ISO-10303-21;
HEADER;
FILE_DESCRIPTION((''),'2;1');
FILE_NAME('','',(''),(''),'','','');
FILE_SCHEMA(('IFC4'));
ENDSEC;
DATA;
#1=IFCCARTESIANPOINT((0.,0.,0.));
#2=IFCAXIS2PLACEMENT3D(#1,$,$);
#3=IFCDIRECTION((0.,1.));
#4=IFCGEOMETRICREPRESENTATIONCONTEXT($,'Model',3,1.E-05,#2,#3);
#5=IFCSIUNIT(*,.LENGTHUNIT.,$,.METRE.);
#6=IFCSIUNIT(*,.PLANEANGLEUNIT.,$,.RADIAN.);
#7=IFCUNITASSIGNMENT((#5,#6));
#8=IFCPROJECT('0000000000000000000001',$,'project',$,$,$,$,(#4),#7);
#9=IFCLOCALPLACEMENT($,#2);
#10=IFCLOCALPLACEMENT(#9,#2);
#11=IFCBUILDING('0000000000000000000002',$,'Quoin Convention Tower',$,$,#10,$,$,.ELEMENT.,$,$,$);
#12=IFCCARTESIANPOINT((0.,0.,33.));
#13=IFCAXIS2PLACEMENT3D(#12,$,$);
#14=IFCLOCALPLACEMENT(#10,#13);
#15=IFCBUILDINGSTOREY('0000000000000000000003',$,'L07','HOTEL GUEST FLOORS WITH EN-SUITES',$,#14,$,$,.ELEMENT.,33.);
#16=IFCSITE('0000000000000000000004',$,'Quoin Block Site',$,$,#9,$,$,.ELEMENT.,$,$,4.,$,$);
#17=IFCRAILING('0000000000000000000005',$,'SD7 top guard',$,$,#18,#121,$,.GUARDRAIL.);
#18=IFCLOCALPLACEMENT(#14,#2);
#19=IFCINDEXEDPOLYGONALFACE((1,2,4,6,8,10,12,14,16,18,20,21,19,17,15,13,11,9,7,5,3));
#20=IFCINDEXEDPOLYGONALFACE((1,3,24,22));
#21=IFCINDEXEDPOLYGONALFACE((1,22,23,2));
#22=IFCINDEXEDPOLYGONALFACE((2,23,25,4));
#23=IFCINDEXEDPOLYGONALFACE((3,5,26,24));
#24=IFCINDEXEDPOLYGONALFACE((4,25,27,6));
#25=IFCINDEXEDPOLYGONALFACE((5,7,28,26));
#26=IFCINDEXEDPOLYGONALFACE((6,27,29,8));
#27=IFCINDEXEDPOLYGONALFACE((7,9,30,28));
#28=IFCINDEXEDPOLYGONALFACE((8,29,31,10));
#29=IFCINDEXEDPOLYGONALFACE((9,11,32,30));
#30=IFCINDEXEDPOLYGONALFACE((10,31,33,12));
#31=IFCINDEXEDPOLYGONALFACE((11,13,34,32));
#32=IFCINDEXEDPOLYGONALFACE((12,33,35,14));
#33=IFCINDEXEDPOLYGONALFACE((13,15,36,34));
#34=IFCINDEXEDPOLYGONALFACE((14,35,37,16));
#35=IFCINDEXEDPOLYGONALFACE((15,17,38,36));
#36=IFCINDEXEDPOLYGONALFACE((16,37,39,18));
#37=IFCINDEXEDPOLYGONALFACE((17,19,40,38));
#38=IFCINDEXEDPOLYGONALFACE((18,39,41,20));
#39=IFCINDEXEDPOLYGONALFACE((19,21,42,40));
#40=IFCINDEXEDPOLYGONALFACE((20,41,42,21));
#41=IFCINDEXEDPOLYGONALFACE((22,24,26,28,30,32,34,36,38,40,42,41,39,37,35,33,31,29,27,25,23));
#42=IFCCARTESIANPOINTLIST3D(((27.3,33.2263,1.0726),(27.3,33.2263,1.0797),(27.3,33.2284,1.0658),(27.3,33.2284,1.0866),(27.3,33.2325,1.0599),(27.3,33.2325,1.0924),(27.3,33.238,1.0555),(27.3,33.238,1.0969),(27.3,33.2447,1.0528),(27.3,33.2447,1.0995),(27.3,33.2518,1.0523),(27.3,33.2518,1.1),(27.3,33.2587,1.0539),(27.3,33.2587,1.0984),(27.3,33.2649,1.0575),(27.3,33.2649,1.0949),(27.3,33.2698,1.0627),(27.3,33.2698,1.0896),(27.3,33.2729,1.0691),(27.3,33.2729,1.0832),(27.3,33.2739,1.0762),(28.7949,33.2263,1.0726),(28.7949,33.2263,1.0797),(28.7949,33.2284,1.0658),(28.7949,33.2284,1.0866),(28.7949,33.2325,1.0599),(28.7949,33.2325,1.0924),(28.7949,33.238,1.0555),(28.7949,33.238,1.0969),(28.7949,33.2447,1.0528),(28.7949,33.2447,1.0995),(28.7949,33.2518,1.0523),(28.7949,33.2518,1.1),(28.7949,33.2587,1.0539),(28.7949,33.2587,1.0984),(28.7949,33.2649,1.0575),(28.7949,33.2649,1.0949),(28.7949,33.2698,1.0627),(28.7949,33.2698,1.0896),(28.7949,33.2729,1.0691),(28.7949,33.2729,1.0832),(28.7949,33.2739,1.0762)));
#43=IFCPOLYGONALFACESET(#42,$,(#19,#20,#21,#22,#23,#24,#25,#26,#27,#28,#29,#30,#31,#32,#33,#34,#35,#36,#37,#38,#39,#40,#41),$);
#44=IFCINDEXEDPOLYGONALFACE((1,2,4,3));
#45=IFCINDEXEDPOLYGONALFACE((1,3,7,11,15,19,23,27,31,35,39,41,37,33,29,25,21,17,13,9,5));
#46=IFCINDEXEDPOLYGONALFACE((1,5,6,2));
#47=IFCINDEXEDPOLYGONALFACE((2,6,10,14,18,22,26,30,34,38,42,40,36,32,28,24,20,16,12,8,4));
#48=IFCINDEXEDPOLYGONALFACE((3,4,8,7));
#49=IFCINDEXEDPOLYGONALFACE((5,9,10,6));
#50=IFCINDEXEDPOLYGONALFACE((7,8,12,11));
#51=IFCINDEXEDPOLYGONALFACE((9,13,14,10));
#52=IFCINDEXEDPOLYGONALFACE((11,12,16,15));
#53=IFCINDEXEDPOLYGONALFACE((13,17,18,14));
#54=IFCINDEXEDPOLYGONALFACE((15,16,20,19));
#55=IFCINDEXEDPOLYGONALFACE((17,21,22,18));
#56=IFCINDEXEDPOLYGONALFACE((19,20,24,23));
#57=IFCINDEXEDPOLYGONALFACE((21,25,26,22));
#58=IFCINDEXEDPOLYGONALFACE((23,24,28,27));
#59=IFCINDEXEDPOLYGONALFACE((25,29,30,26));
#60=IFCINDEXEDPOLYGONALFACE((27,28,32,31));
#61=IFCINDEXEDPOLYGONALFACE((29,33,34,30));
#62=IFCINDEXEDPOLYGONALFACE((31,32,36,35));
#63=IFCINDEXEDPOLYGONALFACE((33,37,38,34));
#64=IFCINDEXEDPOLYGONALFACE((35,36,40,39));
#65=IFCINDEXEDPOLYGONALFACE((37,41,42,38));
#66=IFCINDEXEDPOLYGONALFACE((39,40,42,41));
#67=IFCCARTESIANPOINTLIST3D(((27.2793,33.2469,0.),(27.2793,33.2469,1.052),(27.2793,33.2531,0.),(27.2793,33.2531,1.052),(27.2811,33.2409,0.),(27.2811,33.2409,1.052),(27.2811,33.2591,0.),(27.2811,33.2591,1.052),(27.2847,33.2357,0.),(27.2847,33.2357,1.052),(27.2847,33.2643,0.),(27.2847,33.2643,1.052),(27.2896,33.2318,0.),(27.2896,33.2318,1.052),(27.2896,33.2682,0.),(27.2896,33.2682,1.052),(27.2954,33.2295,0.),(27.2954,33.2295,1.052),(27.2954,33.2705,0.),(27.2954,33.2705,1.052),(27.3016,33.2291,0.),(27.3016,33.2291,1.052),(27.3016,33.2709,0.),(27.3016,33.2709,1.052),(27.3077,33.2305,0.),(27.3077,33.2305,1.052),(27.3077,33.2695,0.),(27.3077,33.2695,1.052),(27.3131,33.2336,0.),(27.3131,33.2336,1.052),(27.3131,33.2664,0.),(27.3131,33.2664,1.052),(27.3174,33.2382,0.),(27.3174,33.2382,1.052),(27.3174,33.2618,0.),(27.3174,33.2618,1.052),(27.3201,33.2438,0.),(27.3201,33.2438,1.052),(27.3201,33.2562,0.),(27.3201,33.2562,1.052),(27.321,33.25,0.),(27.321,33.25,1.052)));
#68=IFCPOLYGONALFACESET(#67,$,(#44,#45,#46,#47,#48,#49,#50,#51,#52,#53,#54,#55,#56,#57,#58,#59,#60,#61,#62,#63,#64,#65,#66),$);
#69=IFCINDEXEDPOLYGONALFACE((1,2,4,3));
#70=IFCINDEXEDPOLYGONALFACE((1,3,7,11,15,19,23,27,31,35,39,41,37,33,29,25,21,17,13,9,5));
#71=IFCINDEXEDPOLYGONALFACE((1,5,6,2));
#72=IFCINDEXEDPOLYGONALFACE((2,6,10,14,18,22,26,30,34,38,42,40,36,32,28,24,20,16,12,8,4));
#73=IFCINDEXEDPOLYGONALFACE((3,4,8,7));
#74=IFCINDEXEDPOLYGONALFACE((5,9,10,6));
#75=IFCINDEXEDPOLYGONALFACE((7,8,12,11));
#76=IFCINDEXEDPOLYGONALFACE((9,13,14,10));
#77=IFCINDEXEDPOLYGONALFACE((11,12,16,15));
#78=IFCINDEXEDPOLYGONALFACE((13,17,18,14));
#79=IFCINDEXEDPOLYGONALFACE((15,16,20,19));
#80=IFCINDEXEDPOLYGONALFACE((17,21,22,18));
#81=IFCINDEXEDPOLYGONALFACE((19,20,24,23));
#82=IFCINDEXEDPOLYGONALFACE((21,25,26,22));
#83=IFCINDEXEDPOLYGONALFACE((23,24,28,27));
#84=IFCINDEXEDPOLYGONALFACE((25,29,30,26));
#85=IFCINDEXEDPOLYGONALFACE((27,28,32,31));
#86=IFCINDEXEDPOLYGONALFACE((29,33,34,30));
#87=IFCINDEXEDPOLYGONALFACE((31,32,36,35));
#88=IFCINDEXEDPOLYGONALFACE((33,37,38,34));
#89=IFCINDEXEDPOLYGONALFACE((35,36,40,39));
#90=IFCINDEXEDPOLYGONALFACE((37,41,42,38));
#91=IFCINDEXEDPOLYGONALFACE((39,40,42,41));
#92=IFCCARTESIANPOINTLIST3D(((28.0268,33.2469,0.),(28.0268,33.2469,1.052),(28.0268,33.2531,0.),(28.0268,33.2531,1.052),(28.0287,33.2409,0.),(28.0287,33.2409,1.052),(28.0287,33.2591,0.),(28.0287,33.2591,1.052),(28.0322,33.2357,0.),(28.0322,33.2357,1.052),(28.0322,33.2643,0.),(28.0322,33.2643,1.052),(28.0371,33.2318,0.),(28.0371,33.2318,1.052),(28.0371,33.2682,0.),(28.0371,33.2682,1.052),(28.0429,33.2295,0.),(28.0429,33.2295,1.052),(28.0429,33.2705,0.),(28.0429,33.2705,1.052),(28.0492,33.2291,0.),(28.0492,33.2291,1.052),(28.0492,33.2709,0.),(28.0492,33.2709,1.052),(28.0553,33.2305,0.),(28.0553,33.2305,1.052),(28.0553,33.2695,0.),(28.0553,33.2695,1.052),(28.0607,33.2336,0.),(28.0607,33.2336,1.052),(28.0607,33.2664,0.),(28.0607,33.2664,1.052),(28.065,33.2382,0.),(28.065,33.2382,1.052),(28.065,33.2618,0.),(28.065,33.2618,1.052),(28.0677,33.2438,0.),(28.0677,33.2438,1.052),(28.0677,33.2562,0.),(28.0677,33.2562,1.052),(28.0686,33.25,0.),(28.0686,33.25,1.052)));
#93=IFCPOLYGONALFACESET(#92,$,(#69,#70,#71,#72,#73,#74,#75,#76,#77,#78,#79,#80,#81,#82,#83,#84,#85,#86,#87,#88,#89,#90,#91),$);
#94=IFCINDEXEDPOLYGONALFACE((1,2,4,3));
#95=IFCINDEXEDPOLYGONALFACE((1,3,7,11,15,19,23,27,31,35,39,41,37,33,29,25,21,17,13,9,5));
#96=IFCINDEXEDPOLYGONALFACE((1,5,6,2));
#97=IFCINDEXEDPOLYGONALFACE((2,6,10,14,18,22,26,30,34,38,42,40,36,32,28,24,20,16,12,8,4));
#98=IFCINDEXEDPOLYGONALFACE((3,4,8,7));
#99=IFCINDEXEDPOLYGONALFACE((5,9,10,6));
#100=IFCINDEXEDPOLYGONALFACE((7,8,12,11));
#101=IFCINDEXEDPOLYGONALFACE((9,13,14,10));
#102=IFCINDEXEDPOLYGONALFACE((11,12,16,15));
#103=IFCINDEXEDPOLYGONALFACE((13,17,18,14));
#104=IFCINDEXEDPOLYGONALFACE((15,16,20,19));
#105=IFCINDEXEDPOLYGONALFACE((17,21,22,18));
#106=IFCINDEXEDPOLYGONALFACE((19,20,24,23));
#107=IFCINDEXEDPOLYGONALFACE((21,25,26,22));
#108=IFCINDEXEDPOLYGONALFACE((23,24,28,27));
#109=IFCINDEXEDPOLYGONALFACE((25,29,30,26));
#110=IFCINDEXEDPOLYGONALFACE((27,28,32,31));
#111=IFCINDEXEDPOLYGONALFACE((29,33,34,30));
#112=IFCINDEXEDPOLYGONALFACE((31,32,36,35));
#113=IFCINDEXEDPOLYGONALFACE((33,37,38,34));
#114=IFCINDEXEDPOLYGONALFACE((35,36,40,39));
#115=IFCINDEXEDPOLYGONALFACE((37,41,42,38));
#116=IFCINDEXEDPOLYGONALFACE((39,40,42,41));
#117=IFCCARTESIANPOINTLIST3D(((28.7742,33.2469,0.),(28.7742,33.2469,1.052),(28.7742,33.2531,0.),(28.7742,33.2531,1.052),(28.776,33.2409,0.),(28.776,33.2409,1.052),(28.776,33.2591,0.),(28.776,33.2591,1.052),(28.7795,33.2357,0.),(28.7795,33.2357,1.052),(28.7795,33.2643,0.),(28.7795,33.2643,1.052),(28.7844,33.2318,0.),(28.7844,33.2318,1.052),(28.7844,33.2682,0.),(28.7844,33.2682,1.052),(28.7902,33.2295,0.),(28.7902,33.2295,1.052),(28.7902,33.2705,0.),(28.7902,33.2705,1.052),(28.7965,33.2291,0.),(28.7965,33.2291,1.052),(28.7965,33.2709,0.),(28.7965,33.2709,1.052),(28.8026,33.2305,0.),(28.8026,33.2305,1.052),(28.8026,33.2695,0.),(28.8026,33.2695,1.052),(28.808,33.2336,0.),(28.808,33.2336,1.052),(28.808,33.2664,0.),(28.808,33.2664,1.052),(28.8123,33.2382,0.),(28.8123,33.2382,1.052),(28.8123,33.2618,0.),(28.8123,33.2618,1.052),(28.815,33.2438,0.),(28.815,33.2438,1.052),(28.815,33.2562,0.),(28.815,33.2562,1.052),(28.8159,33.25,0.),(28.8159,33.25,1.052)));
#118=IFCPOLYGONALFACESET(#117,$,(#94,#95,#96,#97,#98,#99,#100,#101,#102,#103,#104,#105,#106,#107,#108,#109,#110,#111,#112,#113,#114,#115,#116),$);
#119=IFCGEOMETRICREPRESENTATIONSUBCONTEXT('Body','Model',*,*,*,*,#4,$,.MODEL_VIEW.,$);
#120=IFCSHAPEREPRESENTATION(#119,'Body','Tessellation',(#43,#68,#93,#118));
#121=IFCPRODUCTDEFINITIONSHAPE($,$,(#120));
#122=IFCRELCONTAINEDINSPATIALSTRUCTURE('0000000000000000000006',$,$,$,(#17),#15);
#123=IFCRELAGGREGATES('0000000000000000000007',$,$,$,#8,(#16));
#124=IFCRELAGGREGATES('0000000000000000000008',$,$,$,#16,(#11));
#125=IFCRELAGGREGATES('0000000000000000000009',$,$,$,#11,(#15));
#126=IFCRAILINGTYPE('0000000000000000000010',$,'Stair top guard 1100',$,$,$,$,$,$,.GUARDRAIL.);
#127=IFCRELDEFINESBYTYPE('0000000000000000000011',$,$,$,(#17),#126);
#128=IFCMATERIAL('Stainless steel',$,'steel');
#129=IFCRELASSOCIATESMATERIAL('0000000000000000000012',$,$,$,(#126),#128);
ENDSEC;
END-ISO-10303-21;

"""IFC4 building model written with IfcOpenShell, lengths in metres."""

from ifc_helpers import new_model, si_unit, direction, frame, origin, origin_2d, place, context, subcontext, project, spatial, circle, extrude, material, type_object, element, save


model = new_model("IFC4")

# Units and contexts
model_context = context("Model", 3, precision=1e-05, world=origin(), true_north=direction((0.0, 1.0)))
body_context = subcontext(model_context, "Body", "Model", "MODEL_VIEW")
ifc_project = project(units=[si_unit("LENGTHUNIT", "METRE"), si_unit("PLANEANGLEUNIT", "RADIAN")], contexts=[model_context])

# Site, building, storey
site_placement = place(None, origin())
site = spatial("IfcSite", under=ifc_project, at=site_placement, Name="Quoin Block Site", CompositionType="ELEMENT", RefElevation=4.0)
building_placement = place(site_placement, origin())
building = spatial("IfcBuilding", under=site, at=building_placement, Name="Quoin Convention Tower", CompositionType="ELEMENT")
storey_placement = place(building_placement, frame((0.0, 0.0, 33.0)))
storey = spatial("IfcBuildingStorey", under=building, at=storey_placement, Name="L07", Description="HOTEL GUEST FLOORS WITH EN-SUITES", CompositionType="ELEMENT", Elevation=33.0)

# Railing
ifc_material_1 = material(Name="Stainless steel", Category="steel")
railing_type_1 = type_object("IfcRailingType", Name="Stair top guard 1100", PredefinedType="GUARDRAIL", material=ifc_material_1)
railing_1_placement = place(storey_placement, frame((27.3, 33.25, 0.0)))
element("IfcRailing", 1, at=railing_1_placement, inside=storey, type_object=railing_type_1, Name="SD7 top guard", PredefinedType="GUARDRAIL", context=body_context, shape_type="SweptSolid", body=[
    extrude(circle(Radius=0.0239, at=origin_2d()), frame((0.0, 0.0, 1.0762), z_axis=(1.0, 0.0, 0.0), x_axis=(0.0, 1.0, 0.0)), (0.0, 0.0, 1.0), 1.4949),
    extrude(circle(Radius=0.021, at=origin_2d()), origin(), (0.0, 0.0, 1.0), 1.052),
    extrude(circle(Radius=0.021, at=origin_2d()), frame((0.7476, 0.0, 0.0)), (0.0, 0.0, 1.0), 1.052),
    extrude(circle(Radius=0.021, at=origin_2d()), frame((1.4949, 0.0, 0.0)), (0.0, 0.0, 1.0), 1.052),
])

save(model, "model.ifc")
